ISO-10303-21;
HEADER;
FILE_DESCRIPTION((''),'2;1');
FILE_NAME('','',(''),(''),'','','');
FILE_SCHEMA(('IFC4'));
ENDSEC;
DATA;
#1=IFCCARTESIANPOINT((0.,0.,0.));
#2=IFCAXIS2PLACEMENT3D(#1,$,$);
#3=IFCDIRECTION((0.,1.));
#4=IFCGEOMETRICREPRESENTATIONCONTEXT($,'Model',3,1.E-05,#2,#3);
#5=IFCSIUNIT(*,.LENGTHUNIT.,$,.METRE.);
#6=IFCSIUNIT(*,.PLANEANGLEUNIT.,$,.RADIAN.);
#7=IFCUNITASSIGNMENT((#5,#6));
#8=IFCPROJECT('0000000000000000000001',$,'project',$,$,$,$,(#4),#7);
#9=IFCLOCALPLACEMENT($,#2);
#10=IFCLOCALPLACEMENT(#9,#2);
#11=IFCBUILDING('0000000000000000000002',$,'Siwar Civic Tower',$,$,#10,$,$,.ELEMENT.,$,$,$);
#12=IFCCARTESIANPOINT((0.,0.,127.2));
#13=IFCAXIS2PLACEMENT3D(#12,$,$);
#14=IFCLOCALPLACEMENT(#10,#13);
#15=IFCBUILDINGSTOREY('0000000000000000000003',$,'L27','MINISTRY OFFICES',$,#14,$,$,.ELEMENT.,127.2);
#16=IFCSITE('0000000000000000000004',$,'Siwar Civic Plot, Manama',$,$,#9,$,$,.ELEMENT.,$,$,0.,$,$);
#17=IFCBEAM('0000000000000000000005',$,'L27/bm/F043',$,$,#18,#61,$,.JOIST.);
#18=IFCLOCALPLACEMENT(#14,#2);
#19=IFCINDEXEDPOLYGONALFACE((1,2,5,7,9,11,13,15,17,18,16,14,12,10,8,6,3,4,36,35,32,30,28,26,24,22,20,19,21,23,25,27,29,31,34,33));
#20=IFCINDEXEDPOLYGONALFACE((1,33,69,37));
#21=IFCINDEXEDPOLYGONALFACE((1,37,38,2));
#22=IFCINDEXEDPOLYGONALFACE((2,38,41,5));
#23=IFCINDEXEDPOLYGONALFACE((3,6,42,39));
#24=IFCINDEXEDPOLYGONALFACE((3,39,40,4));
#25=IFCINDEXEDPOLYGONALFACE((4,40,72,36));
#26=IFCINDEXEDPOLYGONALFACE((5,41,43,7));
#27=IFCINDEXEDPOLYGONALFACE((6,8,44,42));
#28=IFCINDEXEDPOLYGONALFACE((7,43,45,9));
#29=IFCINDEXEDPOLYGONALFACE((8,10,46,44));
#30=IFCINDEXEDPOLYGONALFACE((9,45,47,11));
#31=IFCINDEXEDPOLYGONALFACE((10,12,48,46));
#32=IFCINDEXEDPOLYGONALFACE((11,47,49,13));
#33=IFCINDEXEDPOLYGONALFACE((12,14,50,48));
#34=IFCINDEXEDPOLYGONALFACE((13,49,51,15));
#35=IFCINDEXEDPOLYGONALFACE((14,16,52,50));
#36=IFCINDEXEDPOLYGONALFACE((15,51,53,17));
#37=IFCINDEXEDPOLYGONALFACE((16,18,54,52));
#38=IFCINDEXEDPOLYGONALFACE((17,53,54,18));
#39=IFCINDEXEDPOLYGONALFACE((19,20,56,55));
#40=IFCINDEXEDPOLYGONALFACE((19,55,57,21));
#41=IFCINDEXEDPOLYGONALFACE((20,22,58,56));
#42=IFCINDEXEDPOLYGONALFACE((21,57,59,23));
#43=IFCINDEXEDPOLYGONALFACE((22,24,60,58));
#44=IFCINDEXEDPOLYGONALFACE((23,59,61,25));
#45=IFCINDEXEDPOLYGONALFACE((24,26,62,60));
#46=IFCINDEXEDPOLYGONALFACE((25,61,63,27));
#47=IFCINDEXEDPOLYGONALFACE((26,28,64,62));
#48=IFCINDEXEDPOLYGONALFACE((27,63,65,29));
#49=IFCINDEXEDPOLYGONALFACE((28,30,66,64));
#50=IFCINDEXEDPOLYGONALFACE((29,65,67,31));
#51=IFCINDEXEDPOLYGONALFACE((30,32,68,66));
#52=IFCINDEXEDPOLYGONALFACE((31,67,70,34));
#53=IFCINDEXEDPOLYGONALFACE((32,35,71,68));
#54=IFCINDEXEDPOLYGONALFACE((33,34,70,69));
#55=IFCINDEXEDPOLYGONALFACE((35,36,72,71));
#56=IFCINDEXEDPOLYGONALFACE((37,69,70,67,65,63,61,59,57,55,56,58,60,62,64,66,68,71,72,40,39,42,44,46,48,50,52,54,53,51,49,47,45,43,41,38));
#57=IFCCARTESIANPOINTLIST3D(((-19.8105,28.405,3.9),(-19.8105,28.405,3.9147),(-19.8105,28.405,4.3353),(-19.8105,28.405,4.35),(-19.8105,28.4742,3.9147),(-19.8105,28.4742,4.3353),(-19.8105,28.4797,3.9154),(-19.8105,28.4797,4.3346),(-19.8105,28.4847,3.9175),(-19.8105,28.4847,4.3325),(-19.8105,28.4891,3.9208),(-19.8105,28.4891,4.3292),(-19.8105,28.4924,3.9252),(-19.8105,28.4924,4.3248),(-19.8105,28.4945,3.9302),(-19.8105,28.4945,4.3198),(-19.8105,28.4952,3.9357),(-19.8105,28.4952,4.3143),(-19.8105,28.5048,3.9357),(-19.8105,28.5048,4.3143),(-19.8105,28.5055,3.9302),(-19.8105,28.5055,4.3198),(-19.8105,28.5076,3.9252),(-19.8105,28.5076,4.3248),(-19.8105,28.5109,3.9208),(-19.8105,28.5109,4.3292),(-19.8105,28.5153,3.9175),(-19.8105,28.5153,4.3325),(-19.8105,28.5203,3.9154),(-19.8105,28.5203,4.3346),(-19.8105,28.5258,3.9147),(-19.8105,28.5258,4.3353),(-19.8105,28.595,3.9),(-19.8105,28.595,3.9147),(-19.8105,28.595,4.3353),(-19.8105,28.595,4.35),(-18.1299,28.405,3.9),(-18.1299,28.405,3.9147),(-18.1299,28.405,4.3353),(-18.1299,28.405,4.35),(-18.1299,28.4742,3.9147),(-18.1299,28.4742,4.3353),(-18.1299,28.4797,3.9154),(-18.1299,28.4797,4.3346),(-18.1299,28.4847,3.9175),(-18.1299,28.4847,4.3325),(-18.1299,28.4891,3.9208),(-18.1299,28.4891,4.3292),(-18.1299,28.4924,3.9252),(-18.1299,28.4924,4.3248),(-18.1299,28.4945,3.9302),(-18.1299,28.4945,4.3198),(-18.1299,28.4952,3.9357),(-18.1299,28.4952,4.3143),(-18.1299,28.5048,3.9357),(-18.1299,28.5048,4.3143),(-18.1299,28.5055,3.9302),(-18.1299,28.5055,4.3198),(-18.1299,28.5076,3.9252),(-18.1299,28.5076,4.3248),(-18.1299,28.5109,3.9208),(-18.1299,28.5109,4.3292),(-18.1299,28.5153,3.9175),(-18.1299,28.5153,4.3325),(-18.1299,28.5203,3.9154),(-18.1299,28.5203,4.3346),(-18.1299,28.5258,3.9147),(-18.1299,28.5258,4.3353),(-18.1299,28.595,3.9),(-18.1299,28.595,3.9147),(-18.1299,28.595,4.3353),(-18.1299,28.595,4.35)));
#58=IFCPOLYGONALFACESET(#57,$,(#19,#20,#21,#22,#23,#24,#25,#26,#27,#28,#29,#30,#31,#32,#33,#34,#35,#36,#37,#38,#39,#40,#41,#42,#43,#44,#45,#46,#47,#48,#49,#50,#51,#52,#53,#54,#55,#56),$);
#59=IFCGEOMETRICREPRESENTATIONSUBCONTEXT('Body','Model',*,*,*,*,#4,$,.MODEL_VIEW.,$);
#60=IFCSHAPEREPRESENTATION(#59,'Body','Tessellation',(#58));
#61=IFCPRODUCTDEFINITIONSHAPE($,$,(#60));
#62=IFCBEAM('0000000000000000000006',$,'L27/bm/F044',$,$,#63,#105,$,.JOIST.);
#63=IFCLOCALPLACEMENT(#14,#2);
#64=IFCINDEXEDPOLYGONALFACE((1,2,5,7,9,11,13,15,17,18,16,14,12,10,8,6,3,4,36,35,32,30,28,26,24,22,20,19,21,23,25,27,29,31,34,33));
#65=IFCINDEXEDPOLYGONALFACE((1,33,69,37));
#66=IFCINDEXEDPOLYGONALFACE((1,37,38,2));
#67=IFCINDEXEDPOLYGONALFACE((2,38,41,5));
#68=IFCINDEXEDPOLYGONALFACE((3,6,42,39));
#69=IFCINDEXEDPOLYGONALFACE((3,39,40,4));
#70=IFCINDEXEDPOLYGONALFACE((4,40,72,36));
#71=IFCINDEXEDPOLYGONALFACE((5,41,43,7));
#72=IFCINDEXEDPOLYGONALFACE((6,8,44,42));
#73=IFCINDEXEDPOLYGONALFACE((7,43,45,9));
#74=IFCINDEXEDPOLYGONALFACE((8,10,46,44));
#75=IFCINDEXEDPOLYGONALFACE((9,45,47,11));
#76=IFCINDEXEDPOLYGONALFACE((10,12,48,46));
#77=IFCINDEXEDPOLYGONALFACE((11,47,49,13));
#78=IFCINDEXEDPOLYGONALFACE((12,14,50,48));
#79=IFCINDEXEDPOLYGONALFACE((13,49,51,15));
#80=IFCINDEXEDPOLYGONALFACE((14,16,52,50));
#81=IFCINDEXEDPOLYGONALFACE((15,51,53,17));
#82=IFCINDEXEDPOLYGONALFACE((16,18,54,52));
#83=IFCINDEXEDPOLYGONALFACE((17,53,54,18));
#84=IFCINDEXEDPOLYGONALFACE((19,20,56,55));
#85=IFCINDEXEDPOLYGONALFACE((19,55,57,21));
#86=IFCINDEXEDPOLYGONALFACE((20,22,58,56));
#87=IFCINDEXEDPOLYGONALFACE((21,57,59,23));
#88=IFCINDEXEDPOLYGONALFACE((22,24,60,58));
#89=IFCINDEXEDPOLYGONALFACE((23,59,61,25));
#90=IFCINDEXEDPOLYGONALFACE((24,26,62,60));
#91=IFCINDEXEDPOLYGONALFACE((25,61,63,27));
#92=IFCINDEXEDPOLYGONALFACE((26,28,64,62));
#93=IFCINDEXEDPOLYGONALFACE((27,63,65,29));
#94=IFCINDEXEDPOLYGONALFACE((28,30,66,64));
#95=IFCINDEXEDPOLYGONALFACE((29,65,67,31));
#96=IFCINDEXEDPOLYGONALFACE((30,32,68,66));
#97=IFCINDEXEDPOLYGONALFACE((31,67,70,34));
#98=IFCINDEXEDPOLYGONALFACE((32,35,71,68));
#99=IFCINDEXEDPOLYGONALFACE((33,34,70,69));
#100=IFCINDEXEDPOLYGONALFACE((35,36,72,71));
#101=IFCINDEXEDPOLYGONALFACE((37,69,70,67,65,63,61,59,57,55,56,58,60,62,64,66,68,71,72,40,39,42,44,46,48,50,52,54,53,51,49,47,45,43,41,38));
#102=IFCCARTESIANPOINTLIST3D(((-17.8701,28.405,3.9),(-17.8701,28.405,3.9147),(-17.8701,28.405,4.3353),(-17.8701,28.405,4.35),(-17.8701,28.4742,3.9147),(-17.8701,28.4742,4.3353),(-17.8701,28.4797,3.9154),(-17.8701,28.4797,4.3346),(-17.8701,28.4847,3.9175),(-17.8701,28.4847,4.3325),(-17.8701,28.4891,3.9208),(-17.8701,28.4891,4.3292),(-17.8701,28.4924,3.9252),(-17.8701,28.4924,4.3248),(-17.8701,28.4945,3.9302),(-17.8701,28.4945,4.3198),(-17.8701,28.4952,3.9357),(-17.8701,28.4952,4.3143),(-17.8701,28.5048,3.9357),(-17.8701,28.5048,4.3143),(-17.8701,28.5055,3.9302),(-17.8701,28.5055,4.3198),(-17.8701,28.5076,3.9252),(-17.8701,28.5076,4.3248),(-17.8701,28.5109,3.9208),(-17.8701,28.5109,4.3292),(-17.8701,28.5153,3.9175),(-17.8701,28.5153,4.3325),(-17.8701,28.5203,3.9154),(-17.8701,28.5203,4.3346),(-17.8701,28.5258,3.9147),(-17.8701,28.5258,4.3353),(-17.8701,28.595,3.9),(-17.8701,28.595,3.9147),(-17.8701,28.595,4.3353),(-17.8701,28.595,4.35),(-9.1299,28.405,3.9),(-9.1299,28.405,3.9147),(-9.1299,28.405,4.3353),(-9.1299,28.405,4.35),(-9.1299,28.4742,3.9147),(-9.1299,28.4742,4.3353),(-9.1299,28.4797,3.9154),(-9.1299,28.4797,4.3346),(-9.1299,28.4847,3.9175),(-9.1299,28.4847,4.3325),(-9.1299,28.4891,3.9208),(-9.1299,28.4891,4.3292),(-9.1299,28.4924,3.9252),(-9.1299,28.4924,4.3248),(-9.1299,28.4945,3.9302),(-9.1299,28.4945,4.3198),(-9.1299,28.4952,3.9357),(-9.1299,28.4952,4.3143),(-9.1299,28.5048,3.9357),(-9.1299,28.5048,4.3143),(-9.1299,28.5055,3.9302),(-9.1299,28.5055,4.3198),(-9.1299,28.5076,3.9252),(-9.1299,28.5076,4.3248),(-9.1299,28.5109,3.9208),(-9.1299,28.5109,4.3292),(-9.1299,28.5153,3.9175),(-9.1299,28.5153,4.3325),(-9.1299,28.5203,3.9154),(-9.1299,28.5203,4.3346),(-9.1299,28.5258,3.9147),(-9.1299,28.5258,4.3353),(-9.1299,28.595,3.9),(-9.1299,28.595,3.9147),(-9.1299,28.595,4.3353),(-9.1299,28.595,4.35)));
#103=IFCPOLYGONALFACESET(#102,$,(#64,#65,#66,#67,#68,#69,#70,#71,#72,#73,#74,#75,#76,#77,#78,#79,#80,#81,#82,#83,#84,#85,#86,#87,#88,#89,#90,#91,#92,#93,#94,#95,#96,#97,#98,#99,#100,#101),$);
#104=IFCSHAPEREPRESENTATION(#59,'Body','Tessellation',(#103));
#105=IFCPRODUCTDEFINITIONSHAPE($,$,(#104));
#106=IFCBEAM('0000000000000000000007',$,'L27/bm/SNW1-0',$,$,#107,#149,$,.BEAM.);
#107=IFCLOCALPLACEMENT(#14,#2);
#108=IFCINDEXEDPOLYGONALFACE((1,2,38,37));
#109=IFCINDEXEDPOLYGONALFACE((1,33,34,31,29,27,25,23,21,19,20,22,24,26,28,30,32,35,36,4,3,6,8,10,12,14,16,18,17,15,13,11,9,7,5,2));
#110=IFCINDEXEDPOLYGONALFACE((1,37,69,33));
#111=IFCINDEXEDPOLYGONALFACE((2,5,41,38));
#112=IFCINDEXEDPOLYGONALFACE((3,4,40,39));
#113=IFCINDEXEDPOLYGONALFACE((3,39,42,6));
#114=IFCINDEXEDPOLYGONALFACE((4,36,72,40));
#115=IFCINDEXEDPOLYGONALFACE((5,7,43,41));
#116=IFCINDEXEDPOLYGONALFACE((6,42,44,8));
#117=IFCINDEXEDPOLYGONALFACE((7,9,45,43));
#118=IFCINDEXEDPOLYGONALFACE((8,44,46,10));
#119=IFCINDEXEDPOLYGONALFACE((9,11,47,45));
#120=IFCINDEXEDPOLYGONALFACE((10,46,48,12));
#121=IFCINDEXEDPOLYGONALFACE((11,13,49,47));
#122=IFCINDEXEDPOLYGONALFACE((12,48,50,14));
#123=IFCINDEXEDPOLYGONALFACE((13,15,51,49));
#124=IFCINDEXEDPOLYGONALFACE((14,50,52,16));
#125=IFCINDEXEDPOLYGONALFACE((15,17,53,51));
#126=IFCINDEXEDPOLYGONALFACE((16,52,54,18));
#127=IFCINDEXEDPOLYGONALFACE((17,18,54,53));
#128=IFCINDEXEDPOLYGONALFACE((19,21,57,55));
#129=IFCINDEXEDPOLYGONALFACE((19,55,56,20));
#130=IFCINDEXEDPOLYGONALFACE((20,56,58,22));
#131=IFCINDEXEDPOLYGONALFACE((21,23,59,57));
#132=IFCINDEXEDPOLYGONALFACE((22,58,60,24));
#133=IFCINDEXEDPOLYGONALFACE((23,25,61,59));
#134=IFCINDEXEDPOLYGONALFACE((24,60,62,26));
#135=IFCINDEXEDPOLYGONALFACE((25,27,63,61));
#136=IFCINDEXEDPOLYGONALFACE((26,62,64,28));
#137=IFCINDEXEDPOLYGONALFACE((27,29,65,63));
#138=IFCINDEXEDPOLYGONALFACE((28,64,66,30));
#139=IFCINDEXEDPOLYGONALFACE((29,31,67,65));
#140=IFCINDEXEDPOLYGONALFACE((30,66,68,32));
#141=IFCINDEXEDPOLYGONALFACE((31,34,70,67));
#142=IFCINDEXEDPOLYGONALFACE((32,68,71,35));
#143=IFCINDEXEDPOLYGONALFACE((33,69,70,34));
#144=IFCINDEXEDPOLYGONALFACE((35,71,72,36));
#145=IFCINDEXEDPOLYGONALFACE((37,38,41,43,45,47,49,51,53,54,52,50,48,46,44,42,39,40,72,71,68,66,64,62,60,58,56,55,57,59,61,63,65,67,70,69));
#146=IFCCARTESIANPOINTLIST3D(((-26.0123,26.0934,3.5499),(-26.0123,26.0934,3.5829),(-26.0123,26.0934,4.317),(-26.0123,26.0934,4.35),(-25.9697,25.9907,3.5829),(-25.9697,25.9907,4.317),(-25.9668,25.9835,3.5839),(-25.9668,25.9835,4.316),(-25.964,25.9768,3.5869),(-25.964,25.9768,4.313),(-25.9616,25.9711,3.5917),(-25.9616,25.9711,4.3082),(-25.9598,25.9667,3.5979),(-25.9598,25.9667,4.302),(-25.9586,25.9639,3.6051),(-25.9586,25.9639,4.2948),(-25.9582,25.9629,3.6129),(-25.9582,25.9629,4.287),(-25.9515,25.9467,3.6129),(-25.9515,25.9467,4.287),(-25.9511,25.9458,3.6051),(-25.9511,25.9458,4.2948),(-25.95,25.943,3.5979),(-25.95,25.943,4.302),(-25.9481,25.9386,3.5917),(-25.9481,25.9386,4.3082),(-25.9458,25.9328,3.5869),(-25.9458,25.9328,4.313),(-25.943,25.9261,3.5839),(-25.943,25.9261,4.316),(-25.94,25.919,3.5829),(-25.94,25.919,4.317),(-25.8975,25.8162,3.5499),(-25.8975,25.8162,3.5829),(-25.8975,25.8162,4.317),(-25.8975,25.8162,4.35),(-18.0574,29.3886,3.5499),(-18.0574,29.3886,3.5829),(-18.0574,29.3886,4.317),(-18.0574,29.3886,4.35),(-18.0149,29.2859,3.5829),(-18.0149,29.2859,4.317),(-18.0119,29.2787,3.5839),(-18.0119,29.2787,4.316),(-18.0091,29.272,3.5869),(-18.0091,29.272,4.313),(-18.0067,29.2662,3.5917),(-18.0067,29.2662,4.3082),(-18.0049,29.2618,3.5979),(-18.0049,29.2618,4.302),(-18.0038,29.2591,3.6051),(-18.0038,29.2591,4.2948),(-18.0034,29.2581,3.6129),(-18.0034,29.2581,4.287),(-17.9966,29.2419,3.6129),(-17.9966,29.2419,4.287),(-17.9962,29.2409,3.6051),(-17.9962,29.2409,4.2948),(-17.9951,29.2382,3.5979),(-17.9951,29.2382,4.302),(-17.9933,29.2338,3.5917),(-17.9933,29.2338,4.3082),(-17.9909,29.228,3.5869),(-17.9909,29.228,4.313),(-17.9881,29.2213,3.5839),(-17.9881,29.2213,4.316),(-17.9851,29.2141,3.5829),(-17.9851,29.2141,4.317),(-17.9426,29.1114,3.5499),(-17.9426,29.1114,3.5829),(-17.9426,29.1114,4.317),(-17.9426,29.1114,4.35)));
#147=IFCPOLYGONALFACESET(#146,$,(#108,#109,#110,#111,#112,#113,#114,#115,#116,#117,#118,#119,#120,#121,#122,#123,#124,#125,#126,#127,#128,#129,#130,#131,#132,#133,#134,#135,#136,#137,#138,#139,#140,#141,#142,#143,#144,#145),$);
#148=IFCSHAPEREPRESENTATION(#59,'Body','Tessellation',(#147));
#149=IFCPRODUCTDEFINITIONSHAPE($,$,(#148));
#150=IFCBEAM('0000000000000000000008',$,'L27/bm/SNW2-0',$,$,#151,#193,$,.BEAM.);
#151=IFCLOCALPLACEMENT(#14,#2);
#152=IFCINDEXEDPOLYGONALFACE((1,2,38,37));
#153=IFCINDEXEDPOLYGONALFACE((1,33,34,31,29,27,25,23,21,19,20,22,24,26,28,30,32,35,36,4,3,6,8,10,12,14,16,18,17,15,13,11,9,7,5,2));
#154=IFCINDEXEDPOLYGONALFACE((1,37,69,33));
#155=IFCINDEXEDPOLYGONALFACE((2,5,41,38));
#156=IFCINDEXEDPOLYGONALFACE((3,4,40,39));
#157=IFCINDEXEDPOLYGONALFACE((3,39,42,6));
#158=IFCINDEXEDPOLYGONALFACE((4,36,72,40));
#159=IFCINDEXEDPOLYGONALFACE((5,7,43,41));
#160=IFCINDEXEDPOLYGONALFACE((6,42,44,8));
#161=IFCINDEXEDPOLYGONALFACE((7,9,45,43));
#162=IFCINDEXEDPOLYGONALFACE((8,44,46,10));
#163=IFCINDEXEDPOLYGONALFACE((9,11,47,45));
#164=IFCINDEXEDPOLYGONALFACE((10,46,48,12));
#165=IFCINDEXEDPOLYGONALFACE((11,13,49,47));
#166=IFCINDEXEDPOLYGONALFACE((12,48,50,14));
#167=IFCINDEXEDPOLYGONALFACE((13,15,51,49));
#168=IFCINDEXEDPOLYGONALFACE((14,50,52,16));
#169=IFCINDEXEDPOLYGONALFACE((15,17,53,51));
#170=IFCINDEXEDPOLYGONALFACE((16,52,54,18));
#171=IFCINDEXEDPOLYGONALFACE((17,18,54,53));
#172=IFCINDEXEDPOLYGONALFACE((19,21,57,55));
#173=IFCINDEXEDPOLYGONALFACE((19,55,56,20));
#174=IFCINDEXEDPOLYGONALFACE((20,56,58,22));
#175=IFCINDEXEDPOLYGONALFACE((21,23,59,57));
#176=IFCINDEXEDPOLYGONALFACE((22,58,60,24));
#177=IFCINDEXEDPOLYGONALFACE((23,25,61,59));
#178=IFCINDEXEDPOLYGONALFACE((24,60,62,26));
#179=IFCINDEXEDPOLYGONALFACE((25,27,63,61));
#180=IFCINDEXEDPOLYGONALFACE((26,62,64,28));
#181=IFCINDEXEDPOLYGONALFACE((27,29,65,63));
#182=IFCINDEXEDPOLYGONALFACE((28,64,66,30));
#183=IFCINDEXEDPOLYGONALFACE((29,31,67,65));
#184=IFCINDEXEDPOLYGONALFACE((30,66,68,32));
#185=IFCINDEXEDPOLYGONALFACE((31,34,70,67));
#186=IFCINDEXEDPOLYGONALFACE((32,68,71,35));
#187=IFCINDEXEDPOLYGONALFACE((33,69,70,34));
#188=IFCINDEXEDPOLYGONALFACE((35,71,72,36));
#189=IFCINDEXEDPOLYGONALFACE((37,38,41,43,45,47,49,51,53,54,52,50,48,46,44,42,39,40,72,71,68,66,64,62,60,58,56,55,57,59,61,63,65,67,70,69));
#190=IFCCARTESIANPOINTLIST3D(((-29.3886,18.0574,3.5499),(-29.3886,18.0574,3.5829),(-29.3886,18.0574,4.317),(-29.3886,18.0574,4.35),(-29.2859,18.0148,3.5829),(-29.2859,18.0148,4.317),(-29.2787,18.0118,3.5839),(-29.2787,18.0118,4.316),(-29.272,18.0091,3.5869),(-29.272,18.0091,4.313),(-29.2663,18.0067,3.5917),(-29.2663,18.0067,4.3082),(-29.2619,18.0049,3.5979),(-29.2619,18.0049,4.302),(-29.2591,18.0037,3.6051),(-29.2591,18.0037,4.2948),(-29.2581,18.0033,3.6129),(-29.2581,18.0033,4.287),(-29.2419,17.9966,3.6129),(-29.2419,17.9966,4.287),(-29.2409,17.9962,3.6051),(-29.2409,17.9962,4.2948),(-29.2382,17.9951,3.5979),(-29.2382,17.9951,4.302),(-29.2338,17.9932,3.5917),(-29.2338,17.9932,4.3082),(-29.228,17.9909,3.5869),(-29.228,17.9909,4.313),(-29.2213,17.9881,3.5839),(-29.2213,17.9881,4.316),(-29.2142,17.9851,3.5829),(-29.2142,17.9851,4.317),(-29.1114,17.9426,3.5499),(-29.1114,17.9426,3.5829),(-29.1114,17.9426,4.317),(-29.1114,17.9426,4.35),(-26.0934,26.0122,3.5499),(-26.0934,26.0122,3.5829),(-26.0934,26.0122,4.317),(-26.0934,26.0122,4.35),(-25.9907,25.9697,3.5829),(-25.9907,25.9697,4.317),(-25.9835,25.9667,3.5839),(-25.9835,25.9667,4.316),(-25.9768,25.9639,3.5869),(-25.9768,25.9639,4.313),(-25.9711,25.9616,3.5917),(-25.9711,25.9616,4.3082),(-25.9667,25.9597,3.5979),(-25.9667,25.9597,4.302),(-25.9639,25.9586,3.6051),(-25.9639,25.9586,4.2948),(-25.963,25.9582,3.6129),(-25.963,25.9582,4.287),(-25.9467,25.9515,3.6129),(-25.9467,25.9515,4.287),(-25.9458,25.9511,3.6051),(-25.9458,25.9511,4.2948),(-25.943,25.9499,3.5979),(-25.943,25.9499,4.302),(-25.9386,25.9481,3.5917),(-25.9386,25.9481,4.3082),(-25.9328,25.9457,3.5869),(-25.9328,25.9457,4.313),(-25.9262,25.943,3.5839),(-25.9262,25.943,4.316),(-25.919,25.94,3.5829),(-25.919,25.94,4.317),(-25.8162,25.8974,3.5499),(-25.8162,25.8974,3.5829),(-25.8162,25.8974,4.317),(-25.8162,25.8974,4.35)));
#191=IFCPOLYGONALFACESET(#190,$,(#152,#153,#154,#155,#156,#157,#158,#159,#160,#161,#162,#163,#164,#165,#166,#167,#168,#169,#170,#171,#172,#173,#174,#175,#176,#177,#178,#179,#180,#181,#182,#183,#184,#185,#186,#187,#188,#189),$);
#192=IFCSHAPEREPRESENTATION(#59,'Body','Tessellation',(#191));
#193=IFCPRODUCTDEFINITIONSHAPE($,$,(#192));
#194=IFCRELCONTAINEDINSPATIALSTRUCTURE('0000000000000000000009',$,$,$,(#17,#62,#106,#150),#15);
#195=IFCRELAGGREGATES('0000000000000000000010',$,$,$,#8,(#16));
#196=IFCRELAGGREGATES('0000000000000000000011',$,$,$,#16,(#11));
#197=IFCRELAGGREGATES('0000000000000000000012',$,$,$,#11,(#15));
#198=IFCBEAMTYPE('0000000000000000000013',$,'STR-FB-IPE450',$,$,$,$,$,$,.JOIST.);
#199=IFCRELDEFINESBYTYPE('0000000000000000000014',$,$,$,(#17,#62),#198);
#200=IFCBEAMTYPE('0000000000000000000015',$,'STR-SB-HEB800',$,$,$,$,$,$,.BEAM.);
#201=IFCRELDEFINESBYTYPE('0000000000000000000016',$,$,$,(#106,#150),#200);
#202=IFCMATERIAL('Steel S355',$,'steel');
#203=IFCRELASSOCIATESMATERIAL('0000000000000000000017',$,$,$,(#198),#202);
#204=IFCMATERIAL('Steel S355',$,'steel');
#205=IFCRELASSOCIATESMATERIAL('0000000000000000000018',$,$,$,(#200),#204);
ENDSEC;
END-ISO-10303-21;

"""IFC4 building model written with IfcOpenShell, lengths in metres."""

from ifc_helpers import new_model, si_unit, direction, frame, origin, origin_2d, place, context, subcontext, project, spatial, i_section, extrude, material, material_profile, profile_set, type_object, element, save


model = new_model("IFC4")

# Units and contexts
model_context = context("Model", 3, precision=1e-05, world=origin(), true_north=direction((0.0, 1.0)))
body_context = subcontext(model_context, "Body", "Model", "MODEL_VIEW")
ifc_project = project(units=[si_unit("LENGTHUNIT", "METRE"), si_unit("PLANEANGLEUNIT", "RADIAN")], contexts=[model_context])

# Site, building, storey
site_placement = place(None, origin())
site = spatial("IfcSite", under=ifc_project, at=site_placement, Name="Siwar Civic Plot, Manama", CompositionType="ELEMENT", RefElevation=0.0)
building_placement = place(site_placement, origin())
building = spatial("IfcBuilding", under=site, at=building_placement, Name="Siwar Civic Tower", CompositionType="ELEMENT")
storey_placement = place(building_placement, frame((0.0, 0.0, 127.2)))
storey = spatial("IfcBuildingStorey", under=building, at=storey_placement, Name="L27", Description="MINISTRY OFFICES", CompositionType="ELEMENT", Elevation=127.2)

# Beams
ifc_material_1 = material(Name="Steel S355", Category="steel")
ifc_material_profile_1 = material_profile(ifc_material_1, i_section(OverallWidth=0.1899, OverallDepth=0.45, WebThickness=0.0095, FlangeThickness=0.0146, FilletRadius=0.021, at=origin_2d()), Name="IPE450")
ifc_profile_set_1 = profile_set([ifc_material_profile_1], Name="Steel S355")
beam_type_1 = type_object("IfcBeamType", Name="STR-FB-IPE450", PredefinedType="JOIST", material=ifc_profile_set_1)
beam_1_placement = place(storey_placement, frame((-19.8105, 28.5, 4.125), z_axis=(1.0, 0.0, 0.0), x_axis=(0.0, 1.0, 0.0)))
element("IfcBeam", 1, at=beam_1_placement, inside=storey, type_object=beam_type_1, Name="L27/bm/F043", PredefinedType="JOIST", context=body_context, shape_type="SweptSolid", body=[
    extrude(i_section(OverallWidth=0.1899, OverallDepth=0.45, WebThickness=0.0095, FlangeThickness=0.0146, FilletRadius=0.021, at=origin_2d()), origin(), (0.0, 0.0, 1.0), 1.6807),
])
beam_2_placement = place(storey_placement, frame((-17.8701, 28.5, 4.125), z_axis=(1.0, 0.0, 0.0), x_axis=(0.0, 1.0, 0.0)))
element("IfcBeam", 2, at=beam_2_placement, inside=storey, type_object=beam_type_1, Name="L27/bm/F044", PredefinedType="JOIST", context=body_context, shape_type="SweptSolid", body=[
    extrude(i_section(OverallWidth=0.1899, OverallDepth=0.45, WebThickness=0.0095, FlangeThickness=0.0146, FilletRadius=0.021, at=origin_2d()), origin(), (0.0, 0.0, 1.0), 8.7402),
])
ifc_material_2 = material(Name="Steel S355", Category="steel")
ifc_material_profile_2 = material_profile(ifc_material_2, i_section(OverallWidth=0.3, OverallDepth=0.8, WebThickness=0.0176, FlangeThickness=0.033, FilletRadius=0.03, at=origin_2d()), Name="HEB800")
ifc_profile_set_2 = profile_set([ifc_material_profile_2], Name="Steel S355")
beam_type_2 = type_object("IfcBeamType", Name="STR-SB-HEB800", PredefinedType="BEAM", material=ifc_profile_set_2)
for number, where, z_axis, x_axis, name in (
    (3, (-18.0, 29.25, 3.95), (-0.923873, -0.3827, 0.0), (0.3827, -0.923873, 0.0), "L27/bm/SNW1-0"),
    (4, (-25.9548, 25.9548, 3.95), (-0.3827, -0.923873, 0.0), (0.923873, -0.3827, 0.0), "L27/bm/SNW2-0"),
):
    element("IfcBeam", number, at=place(storey_placement, frame(where, z_axis=z_axis, x_axis=x_axis)), inside=storey, type_object=beam_type_2, Name=name, PredefinedType="BEAM", context=body_context, shape_type="SweptSolid", body=[
        extrude(i_section(OverallWidth=0.3, OverallDepth=0.8, WebThickness=0.0176, FlangeThickness=0.033, FilletRadius=0.03, at=origin_2d()), origin(), (0.0, 0.0, 1.0), 8.6104),
    ])

save(model, "model.ifc")
